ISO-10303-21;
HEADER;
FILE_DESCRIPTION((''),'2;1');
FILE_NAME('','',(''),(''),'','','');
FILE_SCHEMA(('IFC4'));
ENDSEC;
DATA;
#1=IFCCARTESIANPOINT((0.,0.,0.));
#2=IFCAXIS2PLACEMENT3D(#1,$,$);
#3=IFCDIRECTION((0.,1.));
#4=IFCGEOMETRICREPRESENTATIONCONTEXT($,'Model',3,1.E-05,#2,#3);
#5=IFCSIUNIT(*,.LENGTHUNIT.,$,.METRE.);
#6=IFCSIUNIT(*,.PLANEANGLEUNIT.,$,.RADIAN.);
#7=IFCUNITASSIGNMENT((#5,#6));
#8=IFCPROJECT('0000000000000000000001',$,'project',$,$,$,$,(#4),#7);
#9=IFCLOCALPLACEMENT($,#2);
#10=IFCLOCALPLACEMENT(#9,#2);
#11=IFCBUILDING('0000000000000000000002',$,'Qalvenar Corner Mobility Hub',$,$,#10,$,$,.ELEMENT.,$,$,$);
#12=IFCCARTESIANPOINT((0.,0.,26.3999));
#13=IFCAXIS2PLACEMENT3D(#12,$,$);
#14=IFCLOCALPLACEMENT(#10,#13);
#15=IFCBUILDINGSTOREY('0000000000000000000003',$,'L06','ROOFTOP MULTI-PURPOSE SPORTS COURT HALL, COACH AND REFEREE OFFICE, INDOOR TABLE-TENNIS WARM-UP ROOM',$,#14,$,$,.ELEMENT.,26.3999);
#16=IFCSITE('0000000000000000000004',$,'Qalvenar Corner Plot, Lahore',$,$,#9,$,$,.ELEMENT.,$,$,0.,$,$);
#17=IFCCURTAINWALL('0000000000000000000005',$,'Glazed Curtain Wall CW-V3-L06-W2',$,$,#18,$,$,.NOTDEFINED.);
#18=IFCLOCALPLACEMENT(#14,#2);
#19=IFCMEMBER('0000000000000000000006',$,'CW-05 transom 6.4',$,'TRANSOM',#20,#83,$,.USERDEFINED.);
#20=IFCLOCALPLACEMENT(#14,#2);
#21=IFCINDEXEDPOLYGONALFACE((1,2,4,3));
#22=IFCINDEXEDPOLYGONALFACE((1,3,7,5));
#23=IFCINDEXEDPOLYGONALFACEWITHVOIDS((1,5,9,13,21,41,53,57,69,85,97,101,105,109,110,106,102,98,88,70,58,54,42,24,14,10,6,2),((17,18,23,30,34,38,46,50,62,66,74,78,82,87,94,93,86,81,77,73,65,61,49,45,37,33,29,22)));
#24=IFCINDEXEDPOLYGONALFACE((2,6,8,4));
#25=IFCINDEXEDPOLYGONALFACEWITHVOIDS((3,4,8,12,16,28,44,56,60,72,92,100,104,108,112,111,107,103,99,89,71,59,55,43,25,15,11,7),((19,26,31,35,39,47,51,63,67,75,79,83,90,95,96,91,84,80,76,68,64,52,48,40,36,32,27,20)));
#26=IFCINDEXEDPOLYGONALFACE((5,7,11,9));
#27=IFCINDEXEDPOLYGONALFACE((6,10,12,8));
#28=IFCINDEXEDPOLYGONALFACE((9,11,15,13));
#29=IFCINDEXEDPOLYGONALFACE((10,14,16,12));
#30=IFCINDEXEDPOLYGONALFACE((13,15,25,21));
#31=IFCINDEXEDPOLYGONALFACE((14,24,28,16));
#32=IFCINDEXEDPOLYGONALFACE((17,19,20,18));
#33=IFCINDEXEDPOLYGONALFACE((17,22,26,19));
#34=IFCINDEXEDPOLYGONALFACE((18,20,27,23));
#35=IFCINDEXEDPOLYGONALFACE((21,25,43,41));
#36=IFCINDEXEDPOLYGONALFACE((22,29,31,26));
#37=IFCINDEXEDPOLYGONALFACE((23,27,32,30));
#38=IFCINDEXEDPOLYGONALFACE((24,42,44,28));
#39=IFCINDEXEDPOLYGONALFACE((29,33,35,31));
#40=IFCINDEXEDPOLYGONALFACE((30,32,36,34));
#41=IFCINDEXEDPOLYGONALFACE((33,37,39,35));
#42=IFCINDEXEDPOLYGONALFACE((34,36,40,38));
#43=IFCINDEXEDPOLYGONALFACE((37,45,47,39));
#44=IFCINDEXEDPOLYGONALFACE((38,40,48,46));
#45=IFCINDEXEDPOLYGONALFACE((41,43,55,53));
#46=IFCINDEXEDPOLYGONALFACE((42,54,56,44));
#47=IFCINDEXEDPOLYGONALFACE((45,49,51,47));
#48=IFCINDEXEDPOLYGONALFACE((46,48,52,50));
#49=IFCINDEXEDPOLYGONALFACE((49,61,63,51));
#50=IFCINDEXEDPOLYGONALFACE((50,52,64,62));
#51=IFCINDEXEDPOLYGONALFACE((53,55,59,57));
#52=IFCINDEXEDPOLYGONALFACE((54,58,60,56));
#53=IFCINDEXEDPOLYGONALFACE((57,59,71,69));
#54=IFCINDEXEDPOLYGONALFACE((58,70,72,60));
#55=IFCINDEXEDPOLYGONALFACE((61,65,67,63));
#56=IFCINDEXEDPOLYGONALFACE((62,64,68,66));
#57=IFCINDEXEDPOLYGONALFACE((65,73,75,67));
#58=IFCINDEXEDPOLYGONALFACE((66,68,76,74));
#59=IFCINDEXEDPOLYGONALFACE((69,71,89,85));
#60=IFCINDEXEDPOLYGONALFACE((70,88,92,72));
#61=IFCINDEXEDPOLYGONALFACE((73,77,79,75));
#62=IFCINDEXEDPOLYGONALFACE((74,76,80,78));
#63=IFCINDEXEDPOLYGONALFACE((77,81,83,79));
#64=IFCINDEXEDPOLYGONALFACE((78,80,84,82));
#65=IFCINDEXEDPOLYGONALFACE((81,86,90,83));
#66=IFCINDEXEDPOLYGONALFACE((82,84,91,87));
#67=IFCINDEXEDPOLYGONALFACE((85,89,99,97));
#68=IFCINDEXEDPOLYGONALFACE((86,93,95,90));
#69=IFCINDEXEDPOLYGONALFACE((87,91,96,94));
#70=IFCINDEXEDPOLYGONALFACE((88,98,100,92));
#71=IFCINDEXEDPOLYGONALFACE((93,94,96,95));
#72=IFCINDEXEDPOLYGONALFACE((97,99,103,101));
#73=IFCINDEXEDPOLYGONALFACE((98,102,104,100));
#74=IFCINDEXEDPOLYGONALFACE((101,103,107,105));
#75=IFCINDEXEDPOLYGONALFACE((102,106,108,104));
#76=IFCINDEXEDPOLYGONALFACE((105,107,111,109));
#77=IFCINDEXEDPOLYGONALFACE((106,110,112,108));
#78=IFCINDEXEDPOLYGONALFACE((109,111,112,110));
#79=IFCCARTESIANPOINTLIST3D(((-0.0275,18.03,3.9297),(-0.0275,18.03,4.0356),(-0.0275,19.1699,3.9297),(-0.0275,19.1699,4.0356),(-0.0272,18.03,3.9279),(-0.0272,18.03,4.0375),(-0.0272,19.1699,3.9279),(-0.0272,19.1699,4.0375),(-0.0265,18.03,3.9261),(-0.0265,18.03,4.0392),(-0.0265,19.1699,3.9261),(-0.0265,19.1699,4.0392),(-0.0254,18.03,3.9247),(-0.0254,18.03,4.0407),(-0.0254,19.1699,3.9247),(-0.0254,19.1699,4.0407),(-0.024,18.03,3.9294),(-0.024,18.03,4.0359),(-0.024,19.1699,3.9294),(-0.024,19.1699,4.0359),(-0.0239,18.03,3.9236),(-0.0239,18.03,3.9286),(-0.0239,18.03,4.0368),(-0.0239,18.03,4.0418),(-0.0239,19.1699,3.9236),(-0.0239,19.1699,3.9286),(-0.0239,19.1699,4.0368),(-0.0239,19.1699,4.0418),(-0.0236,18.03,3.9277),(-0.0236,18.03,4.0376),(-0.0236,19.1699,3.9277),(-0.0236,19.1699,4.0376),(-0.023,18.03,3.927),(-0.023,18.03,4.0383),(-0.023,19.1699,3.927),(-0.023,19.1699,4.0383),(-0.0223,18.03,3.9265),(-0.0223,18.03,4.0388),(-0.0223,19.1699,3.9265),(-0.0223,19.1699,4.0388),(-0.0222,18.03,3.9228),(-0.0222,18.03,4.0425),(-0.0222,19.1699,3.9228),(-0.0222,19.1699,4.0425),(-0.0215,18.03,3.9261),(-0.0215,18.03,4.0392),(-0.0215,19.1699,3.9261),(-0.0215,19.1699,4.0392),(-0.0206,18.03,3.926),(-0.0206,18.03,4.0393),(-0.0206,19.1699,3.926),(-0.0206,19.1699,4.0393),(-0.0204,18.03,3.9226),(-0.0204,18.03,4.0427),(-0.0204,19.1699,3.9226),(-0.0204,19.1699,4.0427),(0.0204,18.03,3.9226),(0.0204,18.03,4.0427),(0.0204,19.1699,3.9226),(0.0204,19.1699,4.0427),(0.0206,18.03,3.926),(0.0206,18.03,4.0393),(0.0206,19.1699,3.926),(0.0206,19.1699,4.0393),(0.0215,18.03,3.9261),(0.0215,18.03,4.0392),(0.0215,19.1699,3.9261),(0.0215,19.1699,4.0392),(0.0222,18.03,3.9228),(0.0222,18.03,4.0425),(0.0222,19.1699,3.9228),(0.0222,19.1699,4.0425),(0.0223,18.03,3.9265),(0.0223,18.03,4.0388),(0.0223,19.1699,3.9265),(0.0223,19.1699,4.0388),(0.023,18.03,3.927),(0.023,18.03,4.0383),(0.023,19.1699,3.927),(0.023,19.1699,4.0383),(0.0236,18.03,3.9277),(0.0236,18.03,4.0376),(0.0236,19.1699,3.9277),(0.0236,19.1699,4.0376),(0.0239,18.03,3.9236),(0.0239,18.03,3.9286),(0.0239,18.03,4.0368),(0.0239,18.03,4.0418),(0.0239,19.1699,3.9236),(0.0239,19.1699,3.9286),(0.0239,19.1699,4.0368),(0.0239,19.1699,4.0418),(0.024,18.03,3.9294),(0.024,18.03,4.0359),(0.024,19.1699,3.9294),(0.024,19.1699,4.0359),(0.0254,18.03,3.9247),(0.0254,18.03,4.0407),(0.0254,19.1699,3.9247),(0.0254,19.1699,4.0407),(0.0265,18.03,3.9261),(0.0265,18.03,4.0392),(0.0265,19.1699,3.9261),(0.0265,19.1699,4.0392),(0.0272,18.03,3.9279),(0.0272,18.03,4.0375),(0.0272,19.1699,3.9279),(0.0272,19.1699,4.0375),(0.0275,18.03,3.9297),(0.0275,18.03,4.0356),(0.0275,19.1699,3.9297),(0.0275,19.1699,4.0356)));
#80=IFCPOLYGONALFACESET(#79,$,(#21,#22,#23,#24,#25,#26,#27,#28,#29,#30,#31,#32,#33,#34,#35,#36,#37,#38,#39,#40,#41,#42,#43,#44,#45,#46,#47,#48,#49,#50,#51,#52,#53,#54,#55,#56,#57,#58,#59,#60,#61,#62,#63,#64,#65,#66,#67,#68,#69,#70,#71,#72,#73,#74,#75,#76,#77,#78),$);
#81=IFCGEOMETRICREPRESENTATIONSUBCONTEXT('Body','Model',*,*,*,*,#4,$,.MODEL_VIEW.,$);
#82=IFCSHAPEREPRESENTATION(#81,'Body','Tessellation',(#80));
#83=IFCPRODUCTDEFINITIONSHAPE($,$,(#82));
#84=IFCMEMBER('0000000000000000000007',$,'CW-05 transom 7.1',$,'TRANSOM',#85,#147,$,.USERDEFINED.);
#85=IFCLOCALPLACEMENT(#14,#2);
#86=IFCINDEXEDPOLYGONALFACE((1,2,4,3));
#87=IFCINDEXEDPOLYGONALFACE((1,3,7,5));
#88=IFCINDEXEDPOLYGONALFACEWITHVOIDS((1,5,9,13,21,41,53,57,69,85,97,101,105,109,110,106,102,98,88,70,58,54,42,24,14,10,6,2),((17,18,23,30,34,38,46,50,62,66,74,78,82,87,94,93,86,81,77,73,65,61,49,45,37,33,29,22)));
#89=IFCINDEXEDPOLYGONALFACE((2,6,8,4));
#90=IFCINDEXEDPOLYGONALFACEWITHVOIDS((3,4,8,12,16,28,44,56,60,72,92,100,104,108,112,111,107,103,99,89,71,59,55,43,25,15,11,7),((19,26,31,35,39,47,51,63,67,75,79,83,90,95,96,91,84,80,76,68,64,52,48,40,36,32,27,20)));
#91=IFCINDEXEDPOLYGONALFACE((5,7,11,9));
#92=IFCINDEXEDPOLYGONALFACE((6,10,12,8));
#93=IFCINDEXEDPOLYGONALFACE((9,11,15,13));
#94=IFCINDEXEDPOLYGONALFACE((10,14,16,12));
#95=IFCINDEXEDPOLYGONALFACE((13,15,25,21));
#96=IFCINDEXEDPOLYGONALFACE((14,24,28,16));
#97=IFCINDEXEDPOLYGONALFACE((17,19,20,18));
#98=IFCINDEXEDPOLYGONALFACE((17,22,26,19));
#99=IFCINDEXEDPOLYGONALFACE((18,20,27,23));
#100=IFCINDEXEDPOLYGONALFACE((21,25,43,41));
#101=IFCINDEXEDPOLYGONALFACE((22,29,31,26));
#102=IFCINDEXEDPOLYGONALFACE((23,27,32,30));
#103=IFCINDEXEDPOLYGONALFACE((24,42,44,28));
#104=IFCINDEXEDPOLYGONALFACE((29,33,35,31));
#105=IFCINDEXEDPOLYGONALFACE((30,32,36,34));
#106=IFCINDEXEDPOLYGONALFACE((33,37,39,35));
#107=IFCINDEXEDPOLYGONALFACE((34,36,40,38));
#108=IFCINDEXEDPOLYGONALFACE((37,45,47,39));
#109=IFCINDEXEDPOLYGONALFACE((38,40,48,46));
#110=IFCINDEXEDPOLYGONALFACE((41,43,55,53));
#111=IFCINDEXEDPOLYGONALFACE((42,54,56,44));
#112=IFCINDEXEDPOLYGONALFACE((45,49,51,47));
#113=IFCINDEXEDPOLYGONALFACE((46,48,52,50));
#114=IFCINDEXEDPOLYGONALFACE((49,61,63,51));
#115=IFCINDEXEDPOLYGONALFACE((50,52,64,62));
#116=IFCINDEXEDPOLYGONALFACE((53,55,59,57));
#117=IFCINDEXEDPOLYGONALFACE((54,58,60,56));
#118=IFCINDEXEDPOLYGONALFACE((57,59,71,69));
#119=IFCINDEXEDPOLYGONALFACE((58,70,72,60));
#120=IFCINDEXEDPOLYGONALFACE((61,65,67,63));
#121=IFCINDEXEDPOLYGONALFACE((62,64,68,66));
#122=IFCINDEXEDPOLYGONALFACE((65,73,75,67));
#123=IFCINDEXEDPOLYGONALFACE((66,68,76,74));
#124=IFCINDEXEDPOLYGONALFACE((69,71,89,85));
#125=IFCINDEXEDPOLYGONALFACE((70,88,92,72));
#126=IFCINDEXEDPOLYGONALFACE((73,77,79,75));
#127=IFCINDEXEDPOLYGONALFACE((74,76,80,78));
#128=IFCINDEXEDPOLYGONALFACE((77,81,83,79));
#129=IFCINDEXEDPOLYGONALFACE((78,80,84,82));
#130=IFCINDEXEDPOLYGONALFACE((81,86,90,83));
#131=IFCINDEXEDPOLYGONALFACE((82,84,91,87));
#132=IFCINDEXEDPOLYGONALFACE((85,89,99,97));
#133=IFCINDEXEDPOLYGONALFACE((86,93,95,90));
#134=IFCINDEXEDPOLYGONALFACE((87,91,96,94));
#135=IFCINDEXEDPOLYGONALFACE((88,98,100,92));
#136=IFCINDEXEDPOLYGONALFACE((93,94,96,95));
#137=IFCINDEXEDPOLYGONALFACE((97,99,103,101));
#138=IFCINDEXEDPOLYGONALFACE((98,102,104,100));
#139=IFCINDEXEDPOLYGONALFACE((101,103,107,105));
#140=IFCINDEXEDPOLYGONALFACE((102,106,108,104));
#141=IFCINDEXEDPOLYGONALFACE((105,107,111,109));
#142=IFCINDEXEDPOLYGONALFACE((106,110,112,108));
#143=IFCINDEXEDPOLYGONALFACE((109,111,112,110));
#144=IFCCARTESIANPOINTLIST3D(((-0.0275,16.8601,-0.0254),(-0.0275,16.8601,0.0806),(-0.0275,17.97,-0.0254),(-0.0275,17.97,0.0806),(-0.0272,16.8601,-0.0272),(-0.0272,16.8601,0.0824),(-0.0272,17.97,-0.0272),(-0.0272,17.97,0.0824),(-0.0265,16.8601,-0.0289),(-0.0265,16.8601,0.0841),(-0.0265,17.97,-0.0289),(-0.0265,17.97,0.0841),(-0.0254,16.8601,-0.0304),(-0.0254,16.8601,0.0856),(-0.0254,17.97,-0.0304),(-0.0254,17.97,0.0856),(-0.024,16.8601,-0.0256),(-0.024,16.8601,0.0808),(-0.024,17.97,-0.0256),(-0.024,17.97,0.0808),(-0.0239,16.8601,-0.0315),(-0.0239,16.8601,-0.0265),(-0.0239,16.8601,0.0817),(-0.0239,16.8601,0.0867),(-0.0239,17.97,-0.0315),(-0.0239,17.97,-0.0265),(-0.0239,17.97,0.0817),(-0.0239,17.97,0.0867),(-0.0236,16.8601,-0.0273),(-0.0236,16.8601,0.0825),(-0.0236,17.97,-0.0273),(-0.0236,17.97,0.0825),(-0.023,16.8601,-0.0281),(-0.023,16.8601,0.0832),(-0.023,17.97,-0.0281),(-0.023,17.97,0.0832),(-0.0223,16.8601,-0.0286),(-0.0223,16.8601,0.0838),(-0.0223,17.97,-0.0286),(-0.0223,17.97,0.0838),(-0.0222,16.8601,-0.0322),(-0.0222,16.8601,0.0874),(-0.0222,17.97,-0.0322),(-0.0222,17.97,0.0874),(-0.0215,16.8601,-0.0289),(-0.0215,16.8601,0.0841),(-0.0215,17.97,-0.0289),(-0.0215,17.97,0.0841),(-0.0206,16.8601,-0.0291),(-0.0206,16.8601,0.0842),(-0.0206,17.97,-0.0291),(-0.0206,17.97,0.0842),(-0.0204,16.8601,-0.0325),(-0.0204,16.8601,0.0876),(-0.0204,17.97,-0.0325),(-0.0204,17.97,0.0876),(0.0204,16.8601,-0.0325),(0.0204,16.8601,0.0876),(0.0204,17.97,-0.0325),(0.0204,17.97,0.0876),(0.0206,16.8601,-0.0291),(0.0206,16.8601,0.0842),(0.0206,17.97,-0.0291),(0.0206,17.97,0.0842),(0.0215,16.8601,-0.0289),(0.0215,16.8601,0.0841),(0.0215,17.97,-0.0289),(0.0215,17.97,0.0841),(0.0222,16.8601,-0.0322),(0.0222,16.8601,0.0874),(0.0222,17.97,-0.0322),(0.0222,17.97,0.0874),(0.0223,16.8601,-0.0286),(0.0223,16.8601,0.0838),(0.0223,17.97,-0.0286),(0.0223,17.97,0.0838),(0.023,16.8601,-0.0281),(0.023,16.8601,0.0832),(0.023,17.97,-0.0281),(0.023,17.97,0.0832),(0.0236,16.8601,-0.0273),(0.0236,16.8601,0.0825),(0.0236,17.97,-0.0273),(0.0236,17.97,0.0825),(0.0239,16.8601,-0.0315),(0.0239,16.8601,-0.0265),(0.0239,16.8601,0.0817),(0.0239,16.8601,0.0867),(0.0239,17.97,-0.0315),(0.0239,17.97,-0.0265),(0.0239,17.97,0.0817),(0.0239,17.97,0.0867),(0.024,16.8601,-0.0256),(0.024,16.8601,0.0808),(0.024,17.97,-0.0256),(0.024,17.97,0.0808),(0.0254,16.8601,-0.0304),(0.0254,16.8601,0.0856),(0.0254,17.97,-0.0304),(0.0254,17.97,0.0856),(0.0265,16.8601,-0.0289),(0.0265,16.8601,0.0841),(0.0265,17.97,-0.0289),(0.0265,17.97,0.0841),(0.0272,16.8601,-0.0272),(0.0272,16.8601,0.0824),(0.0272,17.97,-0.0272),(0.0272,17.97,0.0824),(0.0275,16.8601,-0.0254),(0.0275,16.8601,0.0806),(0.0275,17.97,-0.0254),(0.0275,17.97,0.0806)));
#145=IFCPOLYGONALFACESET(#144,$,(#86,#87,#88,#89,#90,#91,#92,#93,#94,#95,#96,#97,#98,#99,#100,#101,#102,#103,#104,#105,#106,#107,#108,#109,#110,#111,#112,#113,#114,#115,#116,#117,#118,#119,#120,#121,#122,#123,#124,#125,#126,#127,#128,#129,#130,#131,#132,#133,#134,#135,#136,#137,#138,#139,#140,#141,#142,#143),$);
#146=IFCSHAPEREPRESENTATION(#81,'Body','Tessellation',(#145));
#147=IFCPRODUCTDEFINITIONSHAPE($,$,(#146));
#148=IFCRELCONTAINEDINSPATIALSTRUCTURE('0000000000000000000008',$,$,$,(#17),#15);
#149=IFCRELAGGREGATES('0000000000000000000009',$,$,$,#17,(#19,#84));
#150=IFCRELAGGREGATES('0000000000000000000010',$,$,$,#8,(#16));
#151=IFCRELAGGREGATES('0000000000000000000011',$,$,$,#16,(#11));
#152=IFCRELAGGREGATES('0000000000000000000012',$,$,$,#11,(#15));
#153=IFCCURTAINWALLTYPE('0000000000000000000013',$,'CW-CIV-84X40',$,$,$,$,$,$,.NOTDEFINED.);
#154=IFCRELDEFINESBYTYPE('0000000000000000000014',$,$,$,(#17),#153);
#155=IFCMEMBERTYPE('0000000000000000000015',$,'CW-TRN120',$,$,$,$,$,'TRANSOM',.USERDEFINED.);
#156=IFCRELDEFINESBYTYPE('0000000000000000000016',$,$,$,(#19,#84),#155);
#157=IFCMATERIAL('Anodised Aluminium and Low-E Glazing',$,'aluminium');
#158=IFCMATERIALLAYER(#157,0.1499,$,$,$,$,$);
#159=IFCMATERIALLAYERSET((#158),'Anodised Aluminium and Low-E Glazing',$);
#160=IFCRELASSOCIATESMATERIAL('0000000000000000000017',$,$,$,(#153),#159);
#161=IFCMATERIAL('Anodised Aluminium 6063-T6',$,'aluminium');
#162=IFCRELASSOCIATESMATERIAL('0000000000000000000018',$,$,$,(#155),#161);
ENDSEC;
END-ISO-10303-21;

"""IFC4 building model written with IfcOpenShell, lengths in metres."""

from ifc_helpers import new_model, si_unit, direction, frame, origin, origin_2d, place, context, subcontext, project, spatial, hollow_rectangle, extrude, material, layer, layer_set, material_profile, profile_set, type_object, element, aggregate, save


model = new_model("IFC4")

# Units and contexts
model_context = context("Model", 3, precision=1e-05, world=origin(), true_north=direction((0.0, 1.0)))
body_context = subcontext(model_context, "Body", "Model", "MODEL_VIEW")
ifc_project = project(units=[si_unit("LENGTHUNIT", "METRE"), si_unit("PLANEANGLEUNIT", "RADIAN")], contexts=[model_context])

# Site, building, storey
site_placement = place(None, origin())
site = spatial("IfcSite", under=ifc_project, at=site_placement, Name="Qalvenar Corner Plot, Lahore", CompositionType="ELEMENT", RefElevation=0.0)
building_placement = place(site_placement, origin())
building = spatial("IfcBuilding", under=site, at=building_placement, Name="Qalvenar Corner Mobility Hub", CompositionType="ELEMENT")
storey_placement = place(building_placement, frame((0.0, 0.0, 26.3999)))
storey = spatial("IfcBuildingStorey", under=building, at=storey_placement, Name="L06", Description="ROOFTOP MULTI-PURPOSE SPORTS COURT HALL, COACH AND REFEREE OFFICE, INDOOR TABLE-TENNIS WARM-UP ROOM", CompositionType="ELEMENT", Elevation=26.3999)

# Curtain wall, members
ifc_material_1 = material(Name="Anodised Aluminium and Low-E Glazing", Category="aluminium")
ifc_layer_1 = layer(ifc_material_1, 0.1499)
ifc_layer_set_1 = layer_set([ifc_layer_1], Name="Anodised Aluminium and Low-E Glazing")
curtain_wall_type = type_object("IfcCurtainWallType", Name="CW-CIV-84X40", PredefinedType="NOTDEFINED", material=ifc_layer_set_1)
curtain_wall_placement = place(storey_placement, origin())
curtain_wall = element("IfcCurtainWall", 1, at=curtain_wall_placement, inside=storey, type_object=curtain_wall_type, Name="Glazed Curtain Wall CW-V3-L06-W2", PredefinedType="NOTDEFINED")
ifc_material_2 = material(Name="Anodised Aluminium 6063-T6", Category="aluminium")
ifc_material_profile_1 = material_profile(ifc_material_2, hollow_rectangle(XDim=0.0549, YDim=0.1201, WallThickness=0.0034, InnerFilletRadius=0.0034, OuterFilletRadius=0.0071, at=origin_2d()), Name="RHS120x55x3.5")
ifc_profile_set_1 = profile_set([ifc_material_profile_1], Name="Anodised Aluminium 6063-T6")
member_type_1 = type_object("IfcMemberType", Name="CW-TRN120", ElementType="TRANSOM", PredefinedType="USERDEFINED", material=ifc_profile_set_1)
member_1_placement = place(storey_placement, frame((0.0, 19.1699, 3.9827), z_axis=(0.0, -1.0, 0.0), x_axis=(1.0, 0.0, 0.0)))
member_1 = element("IfcMember", 2, at=member_1_placement, type_object=member_type_1, Name="CW-05 transom 6.4", ObjectType="TRANSOM", PredefinedType="USERDEFINED", context=body_context, shape_type="SweptSolid", body=[
    extrude(hollow_rectangle(XDim=0.0549, YDim=0.1201, WallThickness=0.0034, InnerFilletRadius=0.0034, OuterFilletRadius=0.0071, at=origin_2d()), origin(), (0.0, 0.0, 1.0), 1.1399),
])
member_2_placement = place(storey_placement, frame((0.0, 17.97, 0.0276), z_axis=(0.0, -1.0, 0.0), x_axis=(1.0, 0.0, 0.0)))
member_2 = element("IfcMember", 3, at=member_2_placement, type_object=member_type_1, Name="CW-05 transom 7.1", ObjectType="TRANSOM", PredefinedType="USERDEFINED", context=body_context, shape_type="SweptSolid", body=[
    extrude(hollow_rectangle(XDim=0.0549, YDim=0.1201, WallThickness=0.0034, InnerFilletRadius=0.0034, OuterFilletRadius=0.0071, at=origin_2d()), origin(), (0.0, 0.0, 1.0), 1.1099),
])

aggregate(curtain_wall, [member_1, member_2])

save(model, "model.ifc")
